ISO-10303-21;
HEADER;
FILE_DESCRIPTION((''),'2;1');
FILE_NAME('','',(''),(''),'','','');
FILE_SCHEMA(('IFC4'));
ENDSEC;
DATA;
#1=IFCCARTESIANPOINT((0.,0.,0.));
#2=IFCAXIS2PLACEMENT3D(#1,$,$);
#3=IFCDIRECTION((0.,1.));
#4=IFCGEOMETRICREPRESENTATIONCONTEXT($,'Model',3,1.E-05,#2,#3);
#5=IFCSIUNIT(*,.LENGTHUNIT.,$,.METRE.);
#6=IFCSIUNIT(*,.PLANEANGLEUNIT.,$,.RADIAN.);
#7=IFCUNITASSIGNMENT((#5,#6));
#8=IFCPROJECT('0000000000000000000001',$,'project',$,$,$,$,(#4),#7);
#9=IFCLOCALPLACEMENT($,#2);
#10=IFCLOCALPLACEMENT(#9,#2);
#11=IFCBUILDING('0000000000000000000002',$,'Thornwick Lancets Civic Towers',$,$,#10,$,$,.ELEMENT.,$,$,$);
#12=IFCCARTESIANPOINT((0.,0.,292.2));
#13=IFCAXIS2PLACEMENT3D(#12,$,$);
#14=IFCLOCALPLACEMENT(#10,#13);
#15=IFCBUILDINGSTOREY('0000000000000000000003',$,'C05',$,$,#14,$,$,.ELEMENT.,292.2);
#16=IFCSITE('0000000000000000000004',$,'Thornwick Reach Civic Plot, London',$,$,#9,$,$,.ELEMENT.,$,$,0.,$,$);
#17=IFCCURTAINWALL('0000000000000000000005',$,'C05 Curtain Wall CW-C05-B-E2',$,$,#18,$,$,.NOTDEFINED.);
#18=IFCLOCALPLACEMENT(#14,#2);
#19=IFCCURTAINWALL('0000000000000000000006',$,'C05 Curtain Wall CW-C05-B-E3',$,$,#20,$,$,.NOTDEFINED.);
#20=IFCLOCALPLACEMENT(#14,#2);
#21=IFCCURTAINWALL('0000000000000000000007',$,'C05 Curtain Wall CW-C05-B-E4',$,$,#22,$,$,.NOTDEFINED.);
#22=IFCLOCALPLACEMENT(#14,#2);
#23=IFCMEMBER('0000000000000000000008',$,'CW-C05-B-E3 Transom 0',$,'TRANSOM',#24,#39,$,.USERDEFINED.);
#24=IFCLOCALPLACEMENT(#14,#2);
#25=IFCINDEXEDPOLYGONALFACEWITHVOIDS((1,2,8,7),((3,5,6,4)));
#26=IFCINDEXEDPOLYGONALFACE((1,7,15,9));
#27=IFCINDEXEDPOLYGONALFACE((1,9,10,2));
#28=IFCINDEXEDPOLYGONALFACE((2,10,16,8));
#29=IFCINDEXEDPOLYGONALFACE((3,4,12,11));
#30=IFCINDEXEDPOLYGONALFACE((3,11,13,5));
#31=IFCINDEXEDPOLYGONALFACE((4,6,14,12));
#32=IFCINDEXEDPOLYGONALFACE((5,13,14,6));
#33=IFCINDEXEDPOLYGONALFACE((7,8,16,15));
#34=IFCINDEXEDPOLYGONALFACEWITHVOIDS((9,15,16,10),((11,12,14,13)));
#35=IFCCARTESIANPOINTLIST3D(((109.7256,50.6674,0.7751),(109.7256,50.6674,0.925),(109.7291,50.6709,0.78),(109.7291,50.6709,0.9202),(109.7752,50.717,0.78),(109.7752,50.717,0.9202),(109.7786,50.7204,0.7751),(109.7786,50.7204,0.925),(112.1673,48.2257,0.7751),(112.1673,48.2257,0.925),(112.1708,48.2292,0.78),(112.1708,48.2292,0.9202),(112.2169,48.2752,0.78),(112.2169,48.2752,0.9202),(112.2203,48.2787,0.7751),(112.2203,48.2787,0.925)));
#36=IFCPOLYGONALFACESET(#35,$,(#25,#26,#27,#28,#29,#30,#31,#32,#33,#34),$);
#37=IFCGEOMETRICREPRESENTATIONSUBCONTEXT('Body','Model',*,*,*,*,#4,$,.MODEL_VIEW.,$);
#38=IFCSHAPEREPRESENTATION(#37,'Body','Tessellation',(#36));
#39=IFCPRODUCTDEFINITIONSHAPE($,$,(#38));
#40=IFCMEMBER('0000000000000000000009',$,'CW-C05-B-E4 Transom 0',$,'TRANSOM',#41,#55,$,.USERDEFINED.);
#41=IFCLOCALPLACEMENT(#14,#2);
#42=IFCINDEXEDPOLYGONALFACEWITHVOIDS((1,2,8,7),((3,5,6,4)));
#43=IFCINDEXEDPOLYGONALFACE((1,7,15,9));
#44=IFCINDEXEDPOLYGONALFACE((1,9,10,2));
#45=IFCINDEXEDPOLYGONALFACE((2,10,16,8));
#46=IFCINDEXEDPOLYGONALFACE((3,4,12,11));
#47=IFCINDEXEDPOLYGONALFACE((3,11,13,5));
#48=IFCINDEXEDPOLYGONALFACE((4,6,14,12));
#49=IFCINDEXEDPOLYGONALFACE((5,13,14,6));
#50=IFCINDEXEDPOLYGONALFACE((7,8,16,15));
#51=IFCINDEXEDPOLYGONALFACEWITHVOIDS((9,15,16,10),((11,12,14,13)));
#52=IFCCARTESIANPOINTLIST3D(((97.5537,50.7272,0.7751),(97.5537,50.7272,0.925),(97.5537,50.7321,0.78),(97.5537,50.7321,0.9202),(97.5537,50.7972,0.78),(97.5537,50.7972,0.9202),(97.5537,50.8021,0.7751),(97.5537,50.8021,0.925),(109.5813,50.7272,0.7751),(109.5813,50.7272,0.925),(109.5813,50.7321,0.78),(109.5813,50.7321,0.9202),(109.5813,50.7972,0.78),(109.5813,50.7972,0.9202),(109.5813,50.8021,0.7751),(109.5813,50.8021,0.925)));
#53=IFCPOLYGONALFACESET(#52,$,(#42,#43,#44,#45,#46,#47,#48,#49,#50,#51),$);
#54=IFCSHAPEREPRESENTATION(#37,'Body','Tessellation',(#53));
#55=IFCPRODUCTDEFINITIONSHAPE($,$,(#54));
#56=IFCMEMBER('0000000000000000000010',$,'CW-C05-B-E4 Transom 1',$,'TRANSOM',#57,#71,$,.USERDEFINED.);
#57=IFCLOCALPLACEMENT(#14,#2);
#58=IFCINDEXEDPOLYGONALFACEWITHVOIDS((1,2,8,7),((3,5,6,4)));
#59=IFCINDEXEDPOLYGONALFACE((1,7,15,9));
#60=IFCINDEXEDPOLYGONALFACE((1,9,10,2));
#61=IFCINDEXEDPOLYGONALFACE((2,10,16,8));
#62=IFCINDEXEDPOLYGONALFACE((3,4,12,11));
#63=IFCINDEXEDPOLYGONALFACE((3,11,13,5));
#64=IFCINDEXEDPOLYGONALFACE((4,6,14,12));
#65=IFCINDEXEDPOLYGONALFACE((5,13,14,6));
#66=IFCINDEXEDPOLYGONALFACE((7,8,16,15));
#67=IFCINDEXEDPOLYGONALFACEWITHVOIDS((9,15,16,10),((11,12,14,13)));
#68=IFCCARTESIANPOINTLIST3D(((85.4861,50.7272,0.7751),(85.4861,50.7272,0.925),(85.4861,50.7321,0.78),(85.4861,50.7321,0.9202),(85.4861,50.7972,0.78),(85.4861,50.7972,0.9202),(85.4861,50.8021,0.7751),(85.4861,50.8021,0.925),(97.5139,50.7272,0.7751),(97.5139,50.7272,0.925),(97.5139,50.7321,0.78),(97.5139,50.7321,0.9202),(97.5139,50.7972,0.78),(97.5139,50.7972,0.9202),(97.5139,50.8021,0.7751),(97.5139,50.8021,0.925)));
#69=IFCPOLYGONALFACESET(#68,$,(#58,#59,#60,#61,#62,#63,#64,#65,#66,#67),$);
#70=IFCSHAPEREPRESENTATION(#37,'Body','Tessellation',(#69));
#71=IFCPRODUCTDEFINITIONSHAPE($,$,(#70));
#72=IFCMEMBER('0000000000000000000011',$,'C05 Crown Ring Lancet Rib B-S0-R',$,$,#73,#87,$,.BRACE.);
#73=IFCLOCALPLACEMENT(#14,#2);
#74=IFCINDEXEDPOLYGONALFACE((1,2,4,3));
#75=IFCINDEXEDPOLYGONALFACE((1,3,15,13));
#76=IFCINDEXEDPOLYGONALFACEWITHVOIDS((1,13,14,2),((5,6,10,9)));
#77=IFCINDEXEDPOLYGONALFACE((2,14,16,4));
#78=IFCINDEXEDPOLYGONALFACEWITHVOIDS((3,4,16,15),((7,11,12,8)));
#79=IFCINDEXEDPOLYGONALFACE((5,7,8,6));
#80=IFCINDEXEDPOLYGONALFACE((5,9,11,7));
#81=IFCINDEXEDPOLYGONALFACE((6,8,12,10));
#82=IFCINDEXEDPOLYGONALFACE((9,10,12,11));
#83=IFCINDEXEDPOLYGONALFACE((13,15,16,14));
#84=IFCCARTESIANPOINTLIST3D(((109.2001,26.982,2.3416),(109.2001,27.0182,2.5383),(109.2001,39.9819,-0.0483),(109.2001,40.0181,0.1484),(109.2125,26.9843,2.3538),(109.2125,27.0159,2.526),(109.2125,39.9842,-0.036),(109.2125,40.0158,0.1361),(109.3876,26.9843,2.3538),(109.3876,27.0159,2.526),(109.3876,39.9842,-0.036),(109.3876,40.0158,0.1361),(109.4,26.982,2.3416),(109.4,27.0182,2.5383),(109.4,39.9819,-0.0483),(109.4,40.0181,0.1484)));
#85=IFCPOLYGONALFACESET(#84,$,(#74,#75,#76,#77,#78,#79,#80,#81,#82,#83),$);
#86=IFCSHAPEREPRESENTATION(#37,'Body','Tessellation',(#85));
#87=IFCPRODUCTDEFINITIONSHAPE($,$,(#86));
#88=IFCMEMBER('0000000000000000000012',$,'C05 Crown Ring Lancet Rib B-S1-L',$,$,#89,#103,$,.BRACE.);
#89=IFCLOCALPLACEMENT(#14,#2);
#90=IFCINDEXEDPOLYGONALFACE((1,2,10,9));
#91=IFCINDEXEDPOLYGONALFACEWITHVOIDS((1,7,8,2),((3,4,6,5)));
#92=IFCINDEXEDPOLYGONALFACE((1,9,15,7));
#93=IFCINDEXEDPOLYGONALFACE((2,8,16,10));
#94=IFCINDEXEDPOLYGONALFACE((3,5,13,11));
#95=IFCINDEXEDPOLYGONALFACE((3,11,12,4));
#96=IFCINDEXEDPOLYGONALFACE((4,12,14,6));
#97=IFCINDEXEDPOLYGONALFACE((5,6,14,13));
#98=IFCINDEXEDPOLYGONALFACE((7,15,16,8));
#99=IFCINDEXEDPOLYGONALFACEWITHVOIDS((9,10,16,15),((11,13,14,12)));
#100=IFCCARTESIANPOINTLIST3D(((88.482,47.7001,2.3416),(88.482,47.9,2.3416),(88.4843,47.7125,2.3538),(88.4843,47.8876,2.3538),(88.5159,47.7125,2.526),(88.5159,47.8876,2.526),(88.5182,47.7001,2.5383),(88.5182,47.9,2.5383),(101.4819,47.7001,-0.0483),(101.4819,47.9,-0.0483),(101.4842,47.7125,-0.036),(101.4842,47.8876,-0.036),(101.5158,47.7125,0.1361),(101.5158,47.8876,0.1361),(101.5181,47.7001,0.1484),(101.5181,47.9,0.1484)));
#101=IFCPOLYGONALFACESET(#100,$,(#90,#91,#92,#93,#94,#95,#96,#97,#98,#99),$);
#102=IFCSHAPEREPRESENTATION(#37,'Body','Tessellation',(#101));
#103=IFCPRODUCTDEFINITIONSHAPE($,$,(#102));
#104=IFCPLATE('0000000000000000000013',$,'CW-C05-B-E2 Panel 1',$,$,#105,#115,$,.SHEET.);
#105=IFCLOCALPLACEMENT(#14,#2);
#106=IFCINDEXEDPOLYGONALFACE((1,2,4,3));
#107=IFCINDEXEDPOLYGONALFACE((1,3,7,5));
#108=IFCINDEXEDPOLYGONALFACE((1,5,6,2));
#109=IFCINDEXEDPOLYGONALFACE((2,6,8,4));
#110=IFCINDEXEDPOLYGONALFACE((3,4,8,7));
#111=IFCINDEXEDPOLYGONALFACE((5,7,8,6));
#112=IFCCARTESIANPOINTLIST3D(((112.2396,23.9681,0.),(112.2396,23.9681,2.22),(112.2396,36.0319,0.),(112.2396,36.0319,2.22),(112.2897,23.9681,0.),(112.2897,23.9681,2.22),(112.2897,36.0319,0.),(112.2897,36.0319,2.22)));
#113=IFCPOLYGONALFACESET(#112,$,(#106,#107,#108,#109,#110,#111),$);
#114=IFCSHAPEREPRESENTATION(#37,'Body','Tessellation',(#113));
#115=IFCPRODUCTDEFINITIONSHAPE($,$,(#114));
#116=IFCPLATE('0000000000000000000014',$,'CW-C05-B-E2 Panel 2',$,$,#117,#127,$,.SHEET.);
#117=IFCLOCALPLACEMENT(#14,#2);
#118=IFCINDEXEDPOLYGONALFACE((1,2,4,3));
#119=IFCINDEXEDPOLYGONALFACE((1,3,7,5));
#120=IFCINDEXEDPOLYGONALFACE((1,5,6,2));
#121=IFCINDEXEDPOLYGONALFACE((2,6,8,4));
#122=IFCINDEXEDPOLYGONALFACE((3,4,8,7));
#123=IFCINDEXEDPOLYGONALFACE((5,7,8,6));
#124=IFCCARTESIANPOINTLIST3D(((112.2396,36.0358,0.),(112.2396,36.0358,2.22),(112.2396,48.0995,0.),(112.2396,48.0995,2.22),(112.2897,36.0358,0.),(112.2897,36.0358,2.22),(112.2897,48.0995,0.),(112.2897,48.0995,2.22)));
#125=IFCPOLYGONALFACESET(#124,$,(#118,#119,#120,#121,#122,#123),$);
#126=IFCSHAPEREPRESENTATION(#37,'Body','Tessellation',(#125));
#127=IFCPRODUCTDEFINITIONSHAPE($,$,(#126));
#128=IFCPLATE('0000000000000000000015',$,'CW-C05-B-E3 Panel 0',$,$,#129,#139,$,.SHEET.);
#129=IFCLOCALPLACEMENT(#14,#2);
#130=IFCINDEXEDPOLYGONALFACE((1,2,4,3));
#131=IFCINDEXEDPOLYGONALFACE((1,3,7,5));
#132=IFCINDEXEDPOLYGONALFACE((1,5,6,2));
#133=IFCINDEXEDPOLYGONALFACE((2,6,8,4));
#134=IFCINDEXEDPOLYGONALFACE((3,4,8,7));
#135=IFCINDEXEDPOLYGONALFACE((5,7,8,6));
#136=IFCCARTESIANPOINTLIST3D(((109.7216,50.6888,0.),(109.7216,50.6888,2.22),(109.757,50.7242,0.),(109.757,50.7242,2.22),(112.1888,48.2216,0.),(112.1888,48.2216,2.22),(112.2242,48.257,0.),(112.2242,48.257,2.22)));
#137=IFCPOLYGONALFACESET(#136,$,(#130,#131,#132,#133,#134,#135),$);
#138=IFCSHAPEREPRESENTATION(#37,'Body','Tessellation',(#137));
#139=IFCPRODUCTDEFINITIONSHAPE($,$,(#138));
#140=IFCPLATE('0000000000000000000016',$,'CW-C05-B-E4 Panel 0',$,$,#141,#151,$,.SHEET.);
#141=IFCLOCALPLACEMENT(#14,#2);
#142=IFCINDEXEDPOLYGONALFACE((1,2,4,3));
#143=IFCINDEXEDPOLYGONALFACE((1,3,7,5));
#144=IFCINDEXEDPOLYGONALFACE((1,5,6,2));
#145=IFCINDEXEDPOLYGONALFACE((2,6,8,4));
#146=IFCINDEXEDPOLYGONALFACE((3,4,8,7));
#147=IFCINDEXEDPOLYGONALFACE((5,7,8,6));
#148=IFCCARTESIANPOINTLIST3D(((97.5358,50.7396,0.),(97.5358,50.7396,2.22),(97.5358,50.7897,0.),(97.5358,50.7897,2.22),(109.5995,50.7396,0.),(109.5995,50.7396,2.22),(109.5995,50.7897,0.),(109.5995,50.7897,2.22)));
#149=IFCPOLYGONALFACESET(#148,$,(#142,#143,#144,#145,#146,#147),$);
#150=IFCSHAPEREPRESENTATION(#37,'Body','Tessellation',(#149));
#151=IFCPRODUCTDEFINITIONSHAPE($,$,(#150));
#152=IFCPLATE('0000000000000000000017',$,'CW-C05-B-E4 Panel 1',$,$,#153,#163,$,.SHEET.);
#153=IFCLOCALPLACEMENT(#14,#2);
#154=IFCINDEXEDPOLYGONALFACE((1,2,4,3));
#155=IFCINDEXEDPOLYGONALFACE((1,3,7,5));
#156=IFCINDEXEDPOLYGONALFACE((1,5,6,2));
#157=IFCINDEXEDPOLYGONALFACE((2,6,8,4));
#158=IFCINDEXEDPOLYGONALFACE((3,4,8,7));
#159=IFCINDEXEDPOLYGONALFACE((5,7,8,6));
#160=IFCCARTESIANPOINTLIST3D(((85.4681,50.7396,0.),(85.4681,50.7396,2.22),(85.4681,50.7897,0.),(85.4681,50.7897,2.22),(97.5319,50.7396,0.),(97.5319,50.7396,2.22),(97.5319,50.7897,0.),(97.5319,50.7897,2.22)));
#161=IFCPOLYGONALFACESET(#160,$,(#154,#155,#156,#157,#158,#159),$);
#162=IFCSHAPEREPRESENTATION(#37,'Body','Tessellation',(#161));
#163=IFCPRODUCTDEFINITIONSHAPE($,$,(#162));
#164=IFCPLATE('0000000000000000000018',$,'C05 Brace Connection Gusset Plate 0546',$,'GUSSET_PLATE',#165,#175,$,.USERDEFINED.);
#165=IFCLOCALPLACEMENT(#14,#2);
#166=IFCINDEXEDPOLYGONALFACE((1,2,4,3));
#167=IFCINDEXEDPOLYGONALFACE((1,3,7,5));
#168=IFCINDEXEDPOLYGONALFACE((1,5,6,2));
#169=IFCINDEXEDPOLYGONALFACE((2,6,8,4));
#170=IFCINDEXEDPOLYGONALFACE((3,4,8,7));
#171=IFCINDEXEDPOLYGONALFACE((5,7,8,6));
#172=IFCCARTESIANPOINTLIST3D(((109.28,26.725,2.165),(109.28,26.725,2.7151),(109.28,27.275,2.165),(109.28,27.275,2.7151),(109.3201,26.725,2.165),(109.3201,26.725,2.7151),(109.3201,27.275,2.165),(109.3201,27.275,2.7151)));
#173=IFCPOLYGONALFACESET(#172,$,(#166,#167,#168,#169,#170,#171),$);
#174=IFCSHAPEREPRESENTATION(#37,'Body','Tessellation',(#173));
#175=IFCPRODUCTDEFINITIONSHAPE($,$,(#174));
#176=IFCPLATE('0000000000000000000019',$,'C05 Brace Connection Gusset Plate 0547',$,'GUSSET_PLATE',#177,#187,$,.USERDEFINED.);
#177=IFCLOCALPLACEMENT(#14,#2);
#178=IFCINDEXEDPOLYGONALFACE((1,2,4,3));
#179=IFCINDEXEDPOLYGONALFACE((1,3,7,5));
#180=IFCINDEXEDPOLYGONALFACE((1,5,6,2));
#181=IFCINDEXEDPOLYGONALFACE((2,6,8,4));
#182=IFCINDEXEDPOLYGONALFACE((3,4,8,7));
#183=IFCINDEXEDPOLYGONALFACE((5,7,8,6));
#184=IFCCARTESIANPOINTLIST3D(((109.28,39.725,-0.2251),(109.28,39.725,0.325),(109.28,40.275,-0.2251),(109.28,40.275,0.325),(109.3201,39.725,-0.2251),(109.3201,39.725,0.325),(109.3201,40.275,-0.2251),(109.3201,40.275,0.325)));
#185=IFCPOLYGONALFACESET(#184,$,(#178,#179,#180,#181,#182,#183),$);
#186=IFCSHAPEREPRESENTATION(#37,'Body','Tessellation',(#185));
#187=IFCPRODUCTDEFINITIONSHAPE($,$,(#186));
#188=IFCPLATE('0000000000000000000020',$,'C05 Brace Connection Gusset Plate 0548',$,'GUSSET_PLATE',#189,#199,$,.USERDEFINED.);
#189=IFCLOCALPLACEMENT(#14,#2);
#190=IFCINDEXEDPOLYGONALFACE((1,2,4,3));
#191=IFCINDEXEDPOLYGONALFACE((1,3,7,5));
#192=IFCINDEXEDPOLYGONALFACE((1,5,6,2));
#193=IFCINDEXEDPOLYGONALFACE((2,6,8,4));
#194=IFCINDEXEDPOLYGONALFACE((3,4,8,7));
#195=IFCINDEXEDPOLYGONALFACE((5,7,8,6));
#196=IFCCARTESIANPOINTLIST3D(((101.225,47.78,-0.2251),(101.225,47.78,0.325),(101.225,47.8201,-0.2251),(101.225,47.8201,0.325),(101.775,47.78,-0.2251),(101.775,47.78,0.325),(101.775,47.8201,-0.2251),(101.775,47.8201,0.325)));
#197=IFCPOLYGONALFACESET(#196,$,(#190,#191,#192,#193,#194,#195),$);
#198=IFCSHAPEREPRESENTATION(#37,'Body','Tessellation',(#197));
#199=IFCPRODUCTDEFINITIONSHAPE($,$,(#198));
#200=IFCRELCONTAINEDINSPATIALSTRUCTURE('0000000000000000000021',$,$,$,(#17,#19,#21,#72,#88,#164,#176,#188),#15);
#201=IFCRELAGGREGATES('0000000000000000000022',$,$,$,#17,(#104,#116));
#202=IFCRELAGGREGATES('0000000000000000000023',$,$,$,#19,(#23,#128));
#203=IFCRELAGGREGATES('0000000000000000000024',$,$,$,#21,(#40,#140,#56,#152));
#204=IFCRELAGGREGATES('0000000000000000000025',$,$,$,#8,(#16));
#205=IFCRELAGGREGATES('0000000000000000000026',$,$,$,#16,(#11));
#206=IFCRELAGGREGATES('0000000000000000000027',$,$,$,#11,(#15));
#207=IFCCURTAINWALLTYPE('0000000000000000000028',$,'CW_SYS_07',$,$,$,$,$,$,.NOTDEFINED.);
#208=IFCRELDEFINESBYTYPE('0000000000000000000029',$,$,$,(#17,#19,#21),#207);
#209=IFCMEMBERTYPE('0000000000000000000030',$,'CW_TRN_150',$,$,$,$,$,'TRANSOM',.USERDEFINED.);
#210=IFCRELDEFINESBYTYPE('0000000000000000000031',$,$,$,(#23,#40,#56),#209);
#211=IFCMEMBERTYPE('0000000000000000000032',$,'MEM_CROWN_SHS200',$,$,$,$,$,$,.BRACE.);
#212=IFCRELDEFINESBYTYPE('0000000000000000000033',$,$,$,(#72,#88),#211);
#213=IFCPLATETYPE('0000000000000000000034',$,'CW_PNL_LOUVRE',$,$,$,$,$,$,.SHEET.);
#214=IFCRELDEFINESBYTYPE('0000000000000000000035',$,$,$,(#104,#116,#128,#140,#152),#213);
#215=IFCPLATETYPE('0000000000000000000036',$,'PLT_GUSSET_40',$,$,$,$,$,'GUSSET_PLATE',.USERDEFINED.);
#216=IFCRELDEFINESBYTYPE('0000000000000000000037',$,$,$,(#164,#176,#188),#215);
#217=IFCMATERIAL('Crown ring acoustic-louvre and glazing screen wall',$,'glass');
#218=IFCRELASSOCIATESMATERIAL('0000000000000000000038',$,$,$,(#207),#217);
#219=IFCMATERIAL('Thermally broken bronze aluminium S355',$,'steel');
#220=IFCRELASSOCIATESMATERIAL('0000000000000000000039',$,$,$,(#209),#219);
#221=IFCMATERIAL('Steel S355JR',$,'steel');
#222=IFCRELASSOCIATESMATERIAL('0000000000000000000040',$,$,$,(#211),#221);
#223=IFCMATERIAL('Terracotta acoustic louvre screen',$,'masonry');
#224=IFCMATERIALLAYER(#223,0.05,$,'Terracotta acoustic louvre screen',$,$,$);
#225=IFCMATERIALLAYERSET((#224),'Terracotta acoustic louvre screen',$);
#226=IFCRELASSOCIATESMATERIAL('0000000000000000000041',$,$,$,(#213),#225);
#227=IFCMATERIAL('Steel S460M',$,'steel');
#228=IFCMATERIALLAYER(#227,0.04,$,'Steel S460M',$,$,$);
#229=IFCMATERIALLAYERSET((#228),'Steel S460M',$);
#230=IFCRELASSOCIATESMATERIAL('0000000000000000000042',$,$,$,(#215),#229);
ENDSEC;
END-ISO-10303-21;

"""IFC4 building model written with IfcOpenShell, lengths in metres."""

from ifc_helpers import new_model, si_unit, direction, frame, origin, origin_2d, place, context, subcontext, project, spatial, rectangle, hollow_rectangle, extrude, material, layer, layer_set, material_profile, profile_set, type_object, element, aggregate, save


model = new_model("IFC4")

# Units and contexts
model_context = context("Model", 3, precision=1e-05, world=origin(), true_north=direction((0.0, 1.0)))
body_context = subcontext(model_context, "Body", "Model", "MODEL_VIEW")
ifc_project = project(units=[si_unit("LENGTHUNIT", "METRE"), si_unit("PLANEANGLEUNIT", "RADIAN")], contexts=[model_context])

# Site, building, storey
site_placement = place(None, origin())
site = spatial("IfcSite", under=ifc_project, at=site_placement, Name="Thornwick Reach Civic Plot, London", CompositionType="ELEMENT", RefElevation=0.0)
building_placement = place(site_placement, origin())
building = spatial("IfcBuilding", under=site, at=building_placement, Name="Thornwick Lancets Civic Towers", CompositionType="ELEMENT")
storey_placement = place(building_placement, frame((0.0, 0.0, 292.2)))
storey = spatial("IfcBuildingStorey", under=building, at=storey_placement, Name="C05", CompositionType="ELEMENT", Elevation=292.2)

# Shared definitions
ifc_material_1 = material(Name="Steel S355JR", Category="steel")

# Curtain walls
ifc_material_2 = material(Name="Crown ring acoustic-louvre and glazing screen wall", Category="glass")
curtain_wall_type = type_object("IfcCurtainWallType", Name="CW_SYS_07", PredefinedType="NOTDEFINED", material=ifc_material_2)
curtain_wall_1_placement = place(storey_placement, origin())
curtain_wall_1 = element("IfcCurtainWall", 1, at=curtain_wall_1_placement, inside=storey, type_object=curtain_wall_type, Name="C05 Curtain Wall CW-C05-B-E2", PredefinedType="NOTDEFINED")
ifc_material_3 = material(Name="Thermally broken bronze aluminium S355", Category="steel")
curtain_wall_2_placement = place(storey_placement, origin())
curtain_wall_2 = element("IfcCurtainWall", 2, at=curtain_wall_2_placement, inside=storey, type_object=curtain_wall_type, Name="C05 Curtain Wall CW-C05-B-E3", PredefinedType="NOTDEFINED")
curtain_wall_3_placement = place(storey_placement, origin())
curtain_wall_3 = element("IfcCurtainWall", 3, at=curtain_wall_3_placement, inside=storey, type_object=curtain_wall_type, Name="C05 Curtain Wall CW-C05-B-E4", PredefinedType="NOTDEFINED")

# Members
ifc_material_profile_1 = material_profile(ifc_material_3, hollow_rectangle(XDim=0.075, YDim=0.1499, WallThickness=0.0049, at=origin_2d()), Name="RHS 150x75x5")
ifc_profile_set_1 = profile_set([ifc_material_profile_1], Name="Thermally broken bronze aluminium S355")
member_type_1 = type_object("IfcMemberType", Name="CW_TRN_150", ElementType="TRANSOM", PredefinedType="USERDEFINED", material=ifc_profile_set_1)
member_1_placement = place(storey_placement, frame((112.1938, 48.2522, 0.8501), z_axis=(-0.707107, 0.707107, 0.0), x_axis=(-0.707107, -0.707107, 0.0)))
member_1 = element("IfcMember", 4, at=member_1_placement, type_object=member_type_1, Name="CW-C05-B-E3 Transom 0", ObjectType="TRANSOM", PredefinedType="USERDEFINED", context=body_context, shape_type="SweptSolid", body=[
    extrude(hollow_rectangle(XDim=0.075, YDim=0.1499, WallThickness=0.0049, at=origin_2d()), origin(), (0.0, 0.0, 1.0), 3.4531),
])
member_2_placement = place(storey_placement, frame((109.5813, 50.7646, 0.8501), z_axis=(-1.0, 0.0, 0.0), x_axis=(0.0, -1.0, 0.0)))
member_2 = element("IfcMember", 5, at=member_2_placement, type_object=member_type_1, Name="CW-C05-B-E4 Transom 0", ObjectType="TRANSOM", PredefinedType="USERDEFINED", context=body_context, shape_type="SweptSolid", body=[
    extrude(hollow_rectangle(XDim=0.075, YDim=0.1499, WallThickness=0.0049, at=origin_2d()), origin(), (0.0, 0.0, 1.0), 12.0276),
])
member_3_placement = place(storey_placement, frame((97.5139, 50.7646, 0.8501), z_axis=(-1.0, 0.0, 0.0), x_axis=(0.0, -1.0, 0.0)))
member_3 = element("IfcMember", 6, at=member_3_placement, type_object=member_type_1, Name="CW-C05-B-E4 Transom 1", ObjectType="TRANSOM", PredefinedType="USERDEFINED", context=body_context, shape_type="SweptSolid", body=[
    extrude(hollow_rectangle(XDim=0.075, YDim=0.1499, WallThickness=0.0049, at=origin_2d()), origin(), (0.0, 0.0, 1.0), 12.0278),
])

# Members
ifc_material_profile_2 = material_profile(ifc_material_1, hollow_rectangle(XDim=0.2, YDim=0.2, WallThickness=0.0125, at=origin_2d()), Name="SHS 200x200x12.5")
ifc_profile_set_2 = profile_set([ifc_material_profile_2], Name="Steel S355JR")
member_type_2 = type_object("IfcMemberType", Name="MEM_CROWN_SHS200", PredefinedType="BRACE", material=ifc_profile_set_2)
for number, where, z_axis, x_axis, name in (
    (7, (109.3, 40.0, 0.05), (0.0, -0.983518, 0.180808), (1.0, 0.0, 0.0), "C05 Crown Ring Lancet Rib B-S0-R"),
    (8, (101.5, 47.8, 0.05), (-0.983518, 0.0, 0.180808), (0.0, -1.0, 0.0), "C05 Crown Ring Lancet Rib B-S1-L"),
):
    element("IfcMember", number, at=place(storey_placement, frame(where, z_axis=z_axis, x_axis=x_axis)), inside=storey, type_object=member_type_2, Name=name, PredefinedType="BRACE", context=body_context, shape_type="SweptSolid", body=[
        extrude(hollow_rectangle(XDim=0.2, YDim=0.2, WallThickness=0.0125, at=origin_2d()), origin(), (0.0, 0.0, 1.0), 13.2178),
    ])

# Plates
ifc_material_4 = material(Name="Terracotta acoustic louvre screen", Category="masonry")
ifc_layer_1 = layer(ifc_material_4, 0.05, Name="Terracotta acoustic louvre screen")
ifc_layer_set_1 = layer_set([ifc_layer_1], Name="Terracotta acoustic louvre screen")
plate_type_1 = type_object("IfcPlateType", Name="CW_PNL_LOUVRE", PredefinedType="SHEET", material=ifc_layer_set_1)
plate_1_placement = place(storey_placement, frame((112.2646, 30.0, 0.0), z_axis=(0.0, 0.0, 1.0), x_axis=(0.0, 1.0, 0.0)))
plate_1 = element("IfcPlate", 9, at=plate_1_placement, type_object=plate_type_1, Name="CW-C05-B-E2 Panel 1", PredefinedType="SHEET", context=body_context, shape_type="SweptSolid", body=[
    extrude(rectangle(XDim=12.0637, YDim=0.05, at=origin_2d()), origin(), (0.0, 0.0, 1.0), 2.22),
])
plate_2_placement = place(storey_placement, frame((112.2646, 42.0676, 0.0), z_axis=(0.0, 0.0, 1.0), x_axis=(0.0, 1.0, 0.0)))
plate_2 = element("IfcPlate", 10, at=plate_2_placement, type_object=plate_type_1, Name="CW-C05-B-E2 Panel 2", PredefinedType="SHEET", context=body_context, shape_type="SweptSolid", body=[
    extrude(rectangle(XDim=12.0637, YDim=0.05, at=origin_2d()), origin(), (0.0, 0.0, 1.0), 2.22),
])
aggregate(curtain_wall_1, [plate_1, plate_2])
plate_3_placement = place(storey_placement, frame((110.9729, 49.4729, 0.0), z_axis=(0.0, 0.0, 1.0), x_axis=(-0.707107, 0.707107, 0.0)))
plate_3 = element("IfcPlate", 11, at=plate_3_placement, type_object=plate_type_1, Name="CW-C05-B-E3 Panel 0", PredefinedType="SHEET", context=body_context, shape_type="SweptSolid", body=[
    extrude(rectangle(XDim=3.4893, YDim=0.05, at=origin_2d()), origin(), (0.0, 0.0, 1.0), 2.22),
])
aggregate(curtain_wall_2, [member_1, plate_3])
plate_4_placement = place(storey_placement, frame((103.5676, 50.7646, 0.0), z_axis=(0.0, 0.0, 1.0), x_axis=(-1.0, 0.0, 0.0)))
plate_4 = element("IfcPlate", 12, at=plate_4_placement, type_object=plate_type_1, Name="CW-C05-B-E4 Panel 0", PredefinedType="SHEET", context=body_context, shape_type="SweptSolid", body=[
    extrude(rectangle(XDim=12.0637, YDim=0.05, at=origin_2d()), origin(), (0.0, 0.0, 1.0), 2.22),
])
plate_5_placement = place(storey_placement, frame((91.5, 50.7646, 0.0), z_axis=(0.0, 0.0, 1.0), x_axis=(-1.0, 0.0, 0.0)))
plate_5 = element("IfcPlate", 13, at=plate_5_placement, type_object=plate_type_1, Name="CW-C05-B-E4 Panel 1", PredefinedType="SHEET", context=body_context, shape_type="SweptSolid", body=[
    extrude(rectangle(XDim=12.0637, YDim=0.05, at=origin_2d()), origin(), (0.0, 0.0, 1.0), 2.22),
])
aggregate(curtain_wall_3, [member_2, plate_4, member_3, plate_5])

# Plates
ifc_material_5 = material(Name="Steel S460M", Category="steel")
ifc_layer_2 = layer(ifc_material_5, 0.04, Name="Steel S460M")
ifc_layer_set_2 = layer_set([ifc_layer_2], Name="Steel S460M")
plate_type_2 = type_object("IfcPlateType", Name="PLT_GUSSET_40", ElementType="GUSSET_PLATE", PredefinedType="USERDEFINED", material=ifc_layer_set_2)
for number, where, z_axis, x_axis, name in (
    (14, (109.3, 27.0, 2.165), (0.0, 0.0, 1.0), (0.0, 1.0, 0.0), "C05 Brace Connection Gusset Plate 0546"),
    (15, (109.3, 40.0, -0.2251), (0.0, 0.0, 1.0), (0.0, -1.0, 0.0), "C05 Brace Connection Gusset Plate 0547"),
    (16, (101.5, 47.8, -0.2251), (0.0, 0.0, 1.0), (-1.0, 0.0, 0.0), "C05 Brace Connection Gusset Plate 0548"),
):
    element("IfcPlate", number, at=place(storey_placement, frame(where, z_axis=z_axis, x_axis=x_axis)), inside=storey, type_object=plate_type_2, Name=name, ObjectType="GUSSET_PLATE", PredefinedType="USERDEFINED", context=body_context, shape_type="SweptSolid", body=[
        extrude(rectangle(XDim=0.55, YDim=0.04, at=origin_2d()), origin(), (0.0, 0.0, 1.0), 0.55),
    ])

save(model, "model.ifc")
